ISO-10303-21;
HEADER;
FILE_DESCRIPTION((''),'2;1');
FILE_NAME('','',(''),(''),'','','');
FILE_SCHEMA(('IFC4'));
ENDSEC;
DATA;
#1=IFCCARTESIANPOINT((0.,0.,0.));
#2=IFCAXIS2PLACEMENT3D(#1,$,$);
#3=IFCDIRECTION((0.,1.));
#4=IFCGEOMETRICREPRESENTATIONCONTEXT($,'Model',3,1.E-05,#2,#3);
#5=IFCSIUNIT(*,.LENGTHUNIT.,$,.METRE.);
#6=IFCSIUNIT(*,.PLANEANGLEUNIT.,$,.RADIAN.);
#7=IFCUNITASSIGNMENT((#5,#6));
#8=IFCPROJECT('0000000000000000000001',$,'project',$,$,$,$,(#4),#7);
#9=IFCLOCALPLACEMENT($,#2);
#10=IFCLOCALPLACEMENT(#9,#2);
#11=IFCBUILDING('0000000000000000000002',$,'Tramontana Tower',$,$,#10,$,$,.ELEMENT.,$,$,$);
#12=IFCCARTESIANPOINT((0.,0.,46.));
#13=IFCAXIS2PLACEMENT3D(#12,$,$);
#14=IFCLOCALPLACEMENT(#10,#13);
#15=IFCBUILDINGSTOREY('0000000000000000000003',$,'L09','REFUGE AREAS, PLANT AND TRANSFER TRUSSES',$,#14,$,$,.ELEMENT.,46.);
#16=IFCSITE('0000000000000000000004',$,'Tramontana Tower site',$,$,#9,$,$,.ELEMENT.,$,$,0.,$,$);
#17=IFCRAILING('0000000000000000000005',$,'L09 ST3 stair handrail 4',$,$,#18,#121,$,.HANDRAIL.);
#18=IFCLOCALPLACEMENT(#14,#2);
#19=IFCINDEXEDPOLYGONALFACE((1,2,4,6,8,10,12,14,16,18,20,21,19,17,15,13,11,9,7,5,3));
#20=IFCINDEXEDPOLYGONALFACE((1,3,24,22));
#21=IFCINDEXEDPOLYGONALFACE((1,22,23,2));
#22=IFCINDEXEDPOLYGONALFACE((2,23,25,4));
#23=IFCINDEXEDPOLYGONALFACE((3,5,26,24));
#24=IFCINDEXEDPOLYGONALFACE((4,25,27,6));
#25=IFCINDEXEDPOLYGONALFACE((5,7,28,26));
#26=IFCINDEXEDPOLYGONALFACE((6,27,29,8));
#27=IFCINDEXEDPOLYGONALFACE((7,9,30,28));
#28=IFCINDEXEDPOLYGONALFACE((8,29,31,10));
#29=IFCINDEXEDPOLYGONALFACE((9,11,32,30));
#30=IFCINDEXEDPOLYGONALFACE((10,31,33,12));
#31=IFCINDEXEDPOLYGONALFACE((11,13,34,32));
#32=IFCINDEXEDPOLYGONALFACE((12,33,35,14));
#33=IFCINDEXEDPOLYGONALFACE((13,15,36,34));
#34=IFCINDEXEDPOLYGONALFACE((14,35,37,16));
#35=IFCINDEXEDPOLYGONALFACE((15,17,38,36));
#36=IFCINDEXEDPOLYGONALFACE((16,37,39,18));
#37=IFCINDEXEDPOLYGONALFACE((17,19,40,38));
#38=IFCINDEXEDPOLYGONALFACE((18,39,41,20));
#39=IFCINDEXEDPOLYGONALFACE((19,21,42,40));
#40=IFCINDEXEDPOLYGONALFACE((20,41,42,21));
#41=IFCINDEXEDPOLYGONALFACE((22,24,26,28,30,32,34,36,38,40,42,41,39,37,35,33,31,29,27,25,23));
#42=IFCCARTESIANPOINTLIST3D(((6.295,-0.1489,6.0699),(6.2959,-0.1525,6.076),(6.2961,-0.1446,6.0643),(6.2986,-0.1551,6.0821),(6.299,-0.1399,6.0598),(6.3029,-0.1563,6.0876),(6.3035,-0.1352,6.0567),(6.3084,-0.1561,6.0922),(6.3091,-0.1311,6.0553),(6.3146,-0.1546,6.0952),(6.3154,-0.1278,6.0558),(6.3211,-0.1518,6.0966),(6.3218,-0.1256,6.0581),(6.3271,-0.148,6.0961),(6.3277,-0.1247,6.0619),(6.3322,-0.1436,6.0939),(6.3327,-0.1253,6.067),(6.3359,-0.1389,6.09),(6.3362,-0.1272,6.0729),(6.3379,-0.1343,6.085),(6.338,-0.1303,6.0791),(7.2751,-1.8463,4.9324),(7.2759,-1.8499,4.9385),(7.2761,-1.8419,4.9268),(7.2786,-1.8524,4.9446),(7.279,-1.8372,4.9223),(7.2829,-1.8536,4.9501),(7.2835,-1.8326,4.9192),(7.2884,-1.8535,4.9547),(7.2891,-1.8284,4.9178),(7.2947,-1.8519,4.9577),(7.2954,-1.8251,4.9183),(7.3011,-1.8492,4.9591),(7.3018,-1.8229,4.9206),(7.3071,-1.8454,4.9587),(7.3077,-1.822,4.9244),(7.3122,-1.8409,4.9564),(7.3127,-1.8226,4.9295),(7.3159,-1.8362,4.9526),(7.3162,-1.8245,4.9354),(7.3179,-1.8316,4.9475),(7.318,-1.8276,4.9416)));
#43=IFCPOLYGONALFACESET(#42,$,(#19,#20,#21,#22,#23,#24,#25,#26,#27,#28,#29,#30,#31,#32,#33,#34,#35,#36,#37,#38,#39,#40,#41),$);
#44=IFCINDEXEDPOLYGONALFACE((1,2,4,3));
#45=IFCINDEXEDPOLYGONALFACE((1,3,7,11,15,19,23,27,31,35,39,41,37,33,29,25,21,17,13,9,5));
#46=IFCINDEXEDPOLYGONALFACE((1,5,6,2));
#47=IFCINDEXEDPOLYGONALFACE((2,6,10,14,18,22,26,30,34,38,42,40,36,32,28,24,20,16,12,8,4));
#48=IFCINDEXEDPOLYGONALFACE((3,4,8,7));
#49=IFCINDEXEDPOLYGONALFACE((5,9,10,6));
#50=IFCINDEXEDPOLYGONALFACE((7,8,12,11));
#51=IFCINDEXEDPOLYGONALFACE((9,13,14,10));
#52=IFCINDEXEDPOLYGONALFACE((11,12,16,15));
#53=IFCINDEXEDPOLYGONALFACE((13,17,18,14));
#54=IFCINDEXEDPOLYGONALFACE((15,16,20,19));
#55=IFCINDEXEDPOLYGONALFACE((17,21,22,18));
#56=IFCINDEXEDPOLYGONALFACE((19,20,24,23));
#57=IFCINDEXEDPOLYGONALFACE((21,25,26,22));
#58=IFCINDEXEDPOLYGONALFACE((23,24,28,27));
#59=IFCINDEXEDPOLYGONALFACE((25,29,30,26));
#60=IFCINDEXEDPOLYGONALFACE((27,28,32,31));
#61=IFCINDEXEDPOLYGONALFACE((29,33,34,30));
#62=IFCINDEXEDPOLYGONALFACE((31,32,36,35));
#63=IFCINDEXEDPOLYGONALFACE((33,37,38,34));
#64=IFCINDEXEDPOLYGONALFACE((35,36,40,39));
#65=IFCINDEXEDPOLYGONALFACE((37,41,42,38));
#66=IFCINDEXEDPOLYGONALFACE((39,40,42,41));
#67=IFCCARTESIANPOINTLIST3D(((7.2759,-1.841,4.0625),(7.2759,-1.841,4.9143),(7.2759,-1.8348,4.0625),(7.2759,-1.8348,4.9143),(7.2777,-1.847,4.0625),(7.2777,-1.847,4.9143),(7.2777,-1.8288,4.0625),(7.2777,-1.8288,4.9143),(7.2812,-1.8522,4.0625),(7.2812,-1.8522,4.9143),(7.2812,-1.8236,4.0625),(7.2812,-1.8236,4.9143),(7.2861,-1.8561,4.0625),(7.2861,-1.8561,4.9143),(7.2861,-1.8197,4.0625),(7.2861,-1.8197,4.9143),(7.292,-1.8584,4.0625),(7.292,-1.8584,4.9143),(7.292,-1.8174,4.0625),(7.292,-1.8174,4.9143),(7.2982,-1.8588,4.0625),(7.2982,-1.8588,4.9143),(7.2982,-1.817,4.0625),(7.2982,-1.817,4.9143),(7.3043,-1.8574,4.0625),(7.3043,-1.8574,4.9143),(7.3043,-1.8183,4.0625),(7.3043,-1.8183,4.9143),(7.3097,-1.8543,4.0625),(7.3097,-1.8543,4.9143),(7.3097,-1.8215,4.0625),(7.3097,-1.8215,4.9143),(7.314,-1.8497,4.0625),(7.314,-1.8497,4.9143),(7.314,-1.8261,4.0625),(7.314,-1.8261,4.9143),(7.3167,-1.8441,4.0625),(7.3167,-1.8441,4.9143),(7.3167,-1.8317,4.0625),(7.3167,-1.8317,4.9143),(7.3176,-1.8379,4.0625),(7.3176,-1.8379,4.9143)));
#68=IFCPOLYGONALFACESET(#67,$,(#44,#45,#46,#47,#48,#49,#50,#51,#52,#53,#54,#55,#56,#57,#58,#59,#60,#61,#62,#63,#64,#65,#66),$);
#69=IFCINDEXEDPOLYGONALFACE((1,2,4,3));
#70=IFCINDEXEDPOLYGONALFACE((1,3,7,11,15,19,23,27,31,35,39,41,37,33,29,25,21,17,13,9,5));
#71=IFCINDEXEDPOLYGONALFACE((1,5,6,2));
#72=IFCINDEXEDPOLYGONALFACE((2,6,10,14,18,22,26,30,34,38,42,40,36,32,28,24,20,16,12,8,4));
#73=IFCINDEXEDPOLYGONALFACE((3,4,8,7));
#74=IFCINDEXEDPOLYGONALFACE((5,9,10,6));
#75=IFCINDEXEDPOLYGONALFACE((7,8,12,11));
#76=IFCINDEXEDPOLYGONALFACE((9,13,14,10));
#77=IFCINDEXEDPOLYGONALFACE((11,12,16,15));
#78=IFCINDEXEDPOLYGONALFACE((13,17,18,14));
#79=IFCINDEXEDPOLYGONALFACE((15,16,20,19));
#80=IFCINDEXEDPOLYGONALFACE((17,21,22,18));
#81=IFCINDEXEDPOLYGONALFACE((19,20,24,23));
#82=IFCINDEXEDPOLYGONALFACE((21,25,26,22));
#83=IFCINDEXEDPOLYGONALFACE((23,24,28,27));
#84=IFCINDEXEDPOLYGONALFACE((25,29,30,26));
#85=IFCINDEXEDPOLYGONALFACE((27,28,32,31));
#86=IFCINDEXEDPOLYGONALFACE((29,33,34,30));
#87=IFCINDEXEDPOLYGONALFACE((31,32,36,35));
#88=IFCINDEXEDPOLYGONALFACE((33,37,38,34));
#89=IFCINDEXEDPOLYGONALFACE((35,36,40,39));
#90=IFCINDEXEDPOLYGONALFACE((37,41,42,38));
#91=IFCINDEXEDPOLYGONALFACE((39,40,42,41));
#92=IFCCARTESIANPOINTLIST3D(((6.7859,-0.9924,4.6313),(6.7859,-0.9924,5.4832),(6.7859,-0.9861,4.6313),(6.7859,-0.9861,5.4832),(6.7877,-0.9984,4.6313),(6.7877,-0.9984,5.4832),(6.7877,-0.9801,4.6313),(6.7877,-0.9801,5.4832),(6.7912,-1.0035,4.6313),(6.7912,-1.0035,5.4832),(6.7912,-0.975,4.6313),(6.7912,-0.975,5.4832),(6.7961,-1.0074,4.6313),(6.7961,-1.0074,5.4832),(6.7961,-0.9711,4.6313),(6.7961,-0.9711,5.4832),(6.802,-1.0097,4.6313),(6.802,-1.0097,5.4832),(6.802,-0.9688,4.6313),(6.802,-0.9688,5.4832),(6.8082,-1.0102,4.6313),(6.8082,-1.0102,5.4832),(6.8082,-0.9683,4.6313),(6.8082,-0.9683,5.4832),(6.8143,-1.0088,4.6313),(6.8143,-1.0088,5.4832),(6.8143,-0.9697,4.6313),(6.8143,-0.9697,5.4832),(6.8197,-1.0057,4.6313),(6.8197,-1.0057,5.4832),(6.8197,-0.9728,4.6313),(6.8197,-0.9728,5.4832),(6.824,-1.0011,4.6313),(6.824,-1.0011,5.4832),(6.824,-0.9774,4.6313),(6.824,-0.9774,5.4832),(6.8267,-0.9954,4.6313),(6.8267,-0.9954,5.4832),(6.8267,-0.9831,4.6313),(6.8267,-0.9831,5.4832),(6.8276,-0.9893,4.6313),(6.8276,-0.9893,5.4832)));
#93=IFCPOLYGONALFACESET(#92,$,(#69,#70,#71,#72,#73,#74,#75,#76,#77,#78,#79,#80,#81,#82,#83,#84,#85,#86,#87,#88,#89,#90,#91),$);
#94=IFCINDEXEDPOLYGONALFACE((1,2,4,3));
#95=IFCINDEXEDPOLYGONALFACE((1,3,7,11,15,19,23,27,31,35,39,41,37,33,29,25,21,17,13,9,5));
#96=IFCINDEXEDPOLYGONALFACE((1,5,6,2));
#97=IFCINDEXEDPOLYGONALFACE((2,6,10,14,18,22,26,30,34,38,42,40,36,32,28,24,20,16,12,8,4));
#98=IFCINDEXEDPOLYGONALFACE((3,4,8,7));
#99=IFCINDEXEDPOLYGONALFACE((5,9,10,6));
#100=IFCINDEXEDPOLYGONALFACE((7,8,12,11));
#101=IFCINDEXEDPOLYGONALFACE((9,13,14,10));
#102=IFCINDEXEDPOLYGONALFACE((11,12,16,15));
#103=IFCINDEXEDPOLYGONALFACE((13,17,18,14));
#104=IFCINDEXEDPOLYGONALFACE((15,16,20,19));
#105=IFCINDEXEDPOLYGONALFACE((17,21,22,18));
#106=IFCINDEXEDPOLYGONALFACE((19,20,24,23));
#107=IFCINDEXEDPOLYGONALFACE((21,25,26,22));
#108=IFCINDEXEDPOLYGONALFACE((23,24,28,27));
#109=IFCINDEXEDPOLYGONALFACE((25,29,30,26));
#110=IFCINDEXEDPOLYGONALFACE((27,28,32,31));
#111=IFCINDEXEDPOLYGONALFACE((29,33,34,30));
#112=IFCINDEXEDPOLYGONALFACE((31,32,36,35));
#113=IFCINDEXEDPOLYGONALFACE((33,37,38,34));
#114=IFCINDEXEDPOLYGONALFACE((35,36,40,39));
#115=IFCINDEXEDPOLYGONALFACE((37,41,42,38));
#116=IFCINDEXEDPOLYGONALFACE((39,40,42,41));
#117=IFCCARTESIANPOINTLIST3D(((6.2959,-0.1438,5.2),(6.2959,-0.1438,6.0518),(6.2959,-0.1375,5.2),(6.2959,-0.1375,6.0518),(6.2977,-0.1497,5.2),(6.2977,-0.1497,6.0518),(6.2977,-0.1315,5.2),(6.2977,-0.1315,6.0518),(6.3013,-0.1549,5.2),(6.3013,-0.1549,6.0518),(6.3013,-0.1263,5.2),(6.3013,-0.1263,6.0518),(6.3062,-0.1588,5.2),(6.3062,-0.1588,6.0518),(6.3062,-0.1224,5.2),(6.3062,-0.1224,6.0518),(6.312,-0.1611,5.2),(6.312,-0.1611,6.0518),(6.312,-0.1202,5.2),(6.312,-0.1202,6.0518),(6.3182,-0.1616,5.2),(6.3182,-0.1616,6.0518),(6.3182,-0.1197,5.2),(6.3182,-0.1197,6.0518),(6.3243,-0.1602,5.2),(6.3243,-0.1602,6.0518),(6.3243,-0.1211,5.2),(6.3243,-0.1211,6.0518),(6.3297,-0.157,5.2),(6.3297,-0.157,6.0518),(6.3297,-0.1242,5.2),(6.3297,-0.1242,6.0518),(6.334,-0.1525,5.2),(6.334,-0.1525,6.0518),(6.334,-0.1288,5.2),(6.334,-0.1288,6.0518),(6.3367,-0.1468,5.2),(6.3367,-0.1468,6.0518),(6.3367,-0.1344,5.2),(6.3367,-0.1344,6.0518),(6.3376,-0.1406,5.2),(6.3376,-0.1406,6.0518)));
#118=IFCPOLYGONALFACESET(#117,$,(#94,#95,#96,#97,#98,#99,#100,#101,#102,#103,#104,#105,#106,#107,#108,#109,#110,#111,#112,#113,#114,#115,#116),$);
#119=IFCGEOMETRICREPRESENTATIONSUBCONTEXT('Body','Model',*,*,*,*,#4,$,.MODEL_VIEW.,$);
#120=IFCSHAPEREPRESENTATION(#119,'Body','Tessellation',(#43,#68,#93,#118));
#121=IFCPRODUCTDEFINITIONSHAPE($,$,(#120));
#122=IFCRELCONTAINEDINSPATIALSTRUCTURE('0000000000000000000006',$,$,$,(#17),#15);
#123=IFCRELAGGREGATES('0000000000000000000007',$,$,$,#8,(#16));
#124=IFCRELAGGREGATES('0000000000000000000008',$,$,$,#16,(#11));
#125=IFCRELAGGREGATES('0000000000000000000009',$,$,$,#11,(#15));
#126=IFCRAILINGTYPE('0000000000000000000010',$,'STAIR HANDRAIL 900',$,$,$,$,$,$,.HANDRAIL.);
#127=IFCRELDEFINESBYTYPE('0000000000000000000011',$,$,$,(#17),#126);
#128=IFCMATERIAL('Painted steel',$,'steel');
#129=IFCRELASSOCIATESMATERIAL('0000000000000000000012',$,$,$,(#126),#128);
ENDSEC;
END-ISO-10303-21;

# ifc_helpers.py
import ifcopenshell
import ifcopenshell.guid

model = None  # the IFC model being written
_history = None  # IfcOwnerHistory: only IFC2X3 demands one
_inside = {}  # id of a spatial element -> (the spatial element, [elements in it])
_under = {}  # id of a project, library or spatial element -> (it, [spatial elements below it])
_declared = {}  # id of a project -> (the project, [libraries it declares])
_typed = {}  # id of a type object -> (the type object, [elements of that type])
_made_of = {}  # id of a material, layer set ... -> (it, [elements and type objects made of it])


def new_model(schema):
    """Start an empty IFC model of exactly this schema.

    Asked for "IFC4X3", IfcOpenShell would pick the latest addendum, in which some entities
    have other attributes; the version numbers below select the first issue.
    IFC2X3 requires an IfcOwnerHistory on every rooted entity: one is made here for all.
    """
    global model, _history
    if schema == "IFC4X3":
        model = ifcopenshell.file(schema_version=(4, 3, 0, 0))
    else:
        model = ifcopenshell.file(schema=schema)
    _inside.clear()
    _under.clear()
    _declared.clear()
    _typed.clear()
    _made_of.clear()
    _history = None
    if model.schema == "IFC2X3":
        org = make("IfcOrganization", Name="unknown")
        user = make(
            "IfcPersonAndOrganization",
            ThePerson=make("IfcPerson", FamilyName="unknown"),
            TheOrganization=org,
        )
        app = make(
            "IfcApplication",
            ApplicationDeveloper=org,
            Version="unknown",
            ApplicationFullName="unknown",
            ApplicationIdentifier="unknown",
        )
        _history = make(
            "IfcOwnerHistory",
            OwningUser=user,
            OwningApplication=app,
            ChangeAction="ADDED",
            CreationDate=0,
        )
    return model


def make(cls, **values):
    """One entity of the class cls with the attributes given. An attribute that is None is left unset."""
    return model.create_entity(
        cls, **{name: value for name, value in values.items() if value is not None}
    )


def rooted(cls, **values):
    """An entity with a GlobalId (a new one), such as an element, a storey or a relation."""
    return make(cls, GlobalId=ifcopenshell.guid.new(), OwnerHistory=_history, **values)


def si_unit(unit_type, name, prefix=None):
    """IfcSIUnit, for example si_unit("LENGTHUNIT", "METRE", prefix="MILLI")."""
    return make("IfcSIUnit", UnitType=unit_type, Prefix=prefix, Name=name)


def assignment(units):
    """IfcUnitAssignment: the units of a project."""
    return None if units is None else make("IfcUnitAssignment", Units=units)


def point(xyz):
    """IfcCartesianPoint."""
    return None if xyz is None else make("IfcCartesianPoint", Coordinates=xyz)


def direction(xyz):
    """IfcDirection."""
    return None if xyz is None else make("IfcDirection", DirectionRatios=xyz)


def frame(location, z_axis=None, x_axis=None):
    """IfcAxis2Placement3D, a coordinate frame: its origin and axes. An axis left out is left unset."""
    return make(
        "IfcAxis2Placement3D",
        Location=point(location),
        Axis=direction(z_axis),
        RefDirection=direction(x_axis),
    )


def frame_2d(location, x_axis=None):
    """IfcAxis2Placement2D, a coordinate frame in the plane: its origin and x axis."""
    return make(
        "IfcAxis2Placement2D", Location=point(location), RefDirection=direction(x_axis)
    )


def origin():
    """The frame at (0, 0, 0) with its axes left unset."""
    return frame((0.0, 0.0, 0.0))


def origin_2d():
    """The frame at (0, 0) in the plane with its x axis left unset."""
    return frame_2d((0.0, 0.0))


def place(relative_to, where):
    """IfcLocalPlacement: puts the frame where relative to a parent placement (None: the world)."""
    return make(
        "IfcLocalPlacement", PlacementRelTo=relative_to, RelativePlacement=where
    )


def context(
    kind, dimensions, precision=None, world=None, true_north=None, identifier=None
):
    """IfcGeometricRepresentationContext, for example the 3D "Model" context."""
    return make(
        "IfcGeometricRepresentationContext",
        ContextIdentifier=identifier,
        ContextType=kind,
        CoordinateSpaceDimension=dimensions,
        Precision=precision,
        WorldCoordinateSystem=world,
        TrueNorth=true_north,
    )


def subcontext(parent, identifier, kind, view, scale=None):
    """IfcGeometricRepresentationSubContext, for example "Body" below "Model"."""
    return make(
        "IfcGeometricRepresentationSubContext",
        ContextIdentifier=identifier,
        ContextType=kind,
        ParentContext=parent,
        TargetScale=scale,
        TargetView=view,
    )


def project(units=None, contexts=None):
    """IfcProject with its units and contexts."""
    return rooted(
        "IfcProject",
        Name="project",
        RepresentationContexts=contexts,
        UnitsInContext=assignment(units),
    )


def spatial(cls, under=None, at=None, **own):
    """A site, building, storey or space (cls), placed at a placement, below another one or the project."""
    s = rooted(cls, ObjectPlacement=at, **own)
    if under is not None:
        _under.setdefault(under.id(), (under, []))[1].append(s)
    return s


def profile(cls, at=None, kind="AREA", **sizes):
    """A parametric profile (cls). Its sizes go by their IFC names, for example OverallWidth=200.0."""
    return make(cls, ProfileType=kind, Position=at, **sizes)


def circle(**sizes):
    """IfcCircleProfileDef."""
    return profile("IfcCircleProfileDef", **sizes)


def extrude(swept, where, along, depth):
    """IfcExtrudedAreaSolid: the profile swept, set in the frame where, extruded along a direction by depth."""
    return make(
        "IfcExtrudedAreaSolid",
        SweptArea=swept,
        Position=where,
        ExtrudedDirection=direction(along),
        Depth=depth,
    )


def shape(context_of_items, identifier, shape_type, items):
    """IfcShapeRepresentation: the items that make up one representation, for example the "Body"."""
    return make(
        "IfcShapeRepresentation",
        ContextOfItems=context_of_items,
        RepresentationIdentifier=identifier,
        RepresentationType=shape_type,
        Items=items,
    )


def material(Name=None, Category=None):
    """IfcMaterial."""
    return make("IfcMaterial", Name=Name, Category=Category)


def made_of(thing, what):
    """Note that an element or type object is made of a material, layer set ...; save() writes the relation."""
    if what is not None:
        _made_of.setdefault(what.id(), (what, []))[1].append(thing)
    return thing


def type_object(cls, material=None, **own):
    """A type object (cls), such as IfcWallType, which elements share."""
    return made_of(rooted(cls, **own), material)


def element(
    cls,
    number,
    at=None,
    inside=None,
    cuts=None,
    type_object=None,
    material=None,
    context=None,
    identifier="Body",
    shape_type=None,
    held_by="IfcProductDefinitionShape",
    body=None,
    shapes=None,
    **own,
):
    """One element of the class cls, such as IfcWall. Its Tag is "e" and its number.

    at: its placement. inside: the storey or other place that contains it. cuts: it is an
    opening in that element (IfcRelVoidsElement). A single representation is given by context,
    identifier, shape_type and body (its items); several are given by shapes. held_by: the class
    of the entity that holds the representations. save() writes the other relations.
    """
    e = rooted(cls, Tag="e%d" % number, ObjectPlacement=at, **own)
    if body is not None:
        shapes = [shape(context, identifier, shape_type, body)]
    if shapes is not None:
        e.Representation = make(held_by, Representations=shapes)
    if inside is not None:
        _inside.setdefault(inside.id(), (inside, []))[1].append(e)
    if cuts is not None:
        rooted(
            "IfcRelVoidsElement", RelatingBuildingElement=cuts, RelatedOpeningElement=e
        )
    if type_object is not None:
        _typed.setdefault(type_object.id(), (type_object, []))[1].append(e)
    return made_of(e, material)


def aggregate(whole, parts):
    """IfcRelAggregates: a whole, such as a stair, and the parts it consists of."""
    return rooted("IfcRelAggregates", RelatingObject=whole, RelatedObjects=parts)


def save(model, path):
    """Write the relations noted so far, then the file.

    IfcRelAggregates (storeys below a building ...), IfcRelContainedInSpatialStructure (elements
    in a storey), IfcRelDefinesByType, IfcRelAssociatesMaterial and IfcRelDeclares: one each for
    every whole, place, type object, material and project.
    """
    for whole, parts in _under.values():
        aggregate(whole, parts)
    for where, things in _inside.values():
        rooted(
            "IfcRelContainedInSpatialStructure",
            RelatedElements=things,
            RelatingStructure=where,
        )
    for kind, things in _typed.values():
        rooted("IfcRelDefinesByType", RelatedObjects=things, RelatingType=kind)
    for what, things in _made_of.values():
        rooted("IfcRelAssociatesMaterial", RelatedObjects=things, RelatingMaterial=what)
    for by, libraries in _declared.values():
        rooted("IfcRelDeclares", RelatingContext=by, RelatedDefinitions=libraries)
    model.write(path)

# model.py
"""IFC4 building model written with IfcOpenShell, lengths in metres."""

from ifc_helpers import new_model, si_unit, direction, frame, origin, origin_2d, place, context, subcontext, project, spatial, circle, extrude, material, type_object, element, save


model = new_model("IFC4")

# Units and contexts
model_context = context("Model", 3, precision=1e-05, world=origin(), true_north=direction((0.0, 1.0)))
body_context = subcontext(model_context, "Body", "Model", "MODEL_VIEW")
ifc_project = project(units=[si_unit("LENGTHUNIT", "METRE"), si_unit("PLANEANGLEUNIT", "RADIAN")], contexts=[model_context])

# Site, building, storey
site_placement = place(None, origin())
site = spatial("IfcSite", under=ifc_project, at=site_placement, Name="Tramontana Tower site", CompositionType="ELEMENT", RefElevation=0.0)
building_placement = place(site_placement, origin())
building = spatial("IfcBuilding", under=site, at=building_placement, Name="Tramontana Tower", CompositionType="ELEMENT")
storey_placement = place(building_placement, frame((0.0, 0.0, 46.0)))
storey = spatial("IfcBuildingStorey", under=building, at=storey_placement, Name="L09", Description="REFUGE AREAS, PLANT AND TRANSFER TRUSSES", CompositionType="ELEMENT", Elevation=46.0)

# Railing
ifc_material_1 = material(Name="Painted steel", Category="steel")
railing_type_1 = type_object("IfcRailingType", Name="STAIR HANDRAIL 900", PredefinedType="HANDRAIL", material=ifc_material_1)
railing_1_placement = place(storey_placement, frame((7.2966, -1.8379, 4.0625)))
element("IfcRailing", 1, at=railing_1_placement, inside=storey, type_object=railing_type_1, Name="L09 ST3 stair handrail 4", PredefinedType="HANDRAIL", context=body_context, shape_type="SweptSolid", body=[
    extrude(circle(Radius=0.0239, at=origin_2d()), frame((0.0, 0.0, 0.876), z_axis=(-0.432467, 0.749006, 0.501959), x_axis=(-0.866011, -0.500024, 0.0)), (0.0, 0.0, 1.0), 2.2661),
    extrude(circle(Radius=0.021, at=origin_2d()), origin(), (0.0, 0.0, 1.0), 0.8518),
    extrude(circle(Radius=0.021, at=origin_2d()), frame((-0.49, 0.8486, 0.5688)), (0.0, 0.0, 1.0), 0.8518),
    extrude(circle(Radius=0.021, at=origin_2d()), frame((-0.98, 1.6973, 1.1375)), (0.0, 0.0, 1.0), 0.8518),
])

save(model, "model.ifc")
